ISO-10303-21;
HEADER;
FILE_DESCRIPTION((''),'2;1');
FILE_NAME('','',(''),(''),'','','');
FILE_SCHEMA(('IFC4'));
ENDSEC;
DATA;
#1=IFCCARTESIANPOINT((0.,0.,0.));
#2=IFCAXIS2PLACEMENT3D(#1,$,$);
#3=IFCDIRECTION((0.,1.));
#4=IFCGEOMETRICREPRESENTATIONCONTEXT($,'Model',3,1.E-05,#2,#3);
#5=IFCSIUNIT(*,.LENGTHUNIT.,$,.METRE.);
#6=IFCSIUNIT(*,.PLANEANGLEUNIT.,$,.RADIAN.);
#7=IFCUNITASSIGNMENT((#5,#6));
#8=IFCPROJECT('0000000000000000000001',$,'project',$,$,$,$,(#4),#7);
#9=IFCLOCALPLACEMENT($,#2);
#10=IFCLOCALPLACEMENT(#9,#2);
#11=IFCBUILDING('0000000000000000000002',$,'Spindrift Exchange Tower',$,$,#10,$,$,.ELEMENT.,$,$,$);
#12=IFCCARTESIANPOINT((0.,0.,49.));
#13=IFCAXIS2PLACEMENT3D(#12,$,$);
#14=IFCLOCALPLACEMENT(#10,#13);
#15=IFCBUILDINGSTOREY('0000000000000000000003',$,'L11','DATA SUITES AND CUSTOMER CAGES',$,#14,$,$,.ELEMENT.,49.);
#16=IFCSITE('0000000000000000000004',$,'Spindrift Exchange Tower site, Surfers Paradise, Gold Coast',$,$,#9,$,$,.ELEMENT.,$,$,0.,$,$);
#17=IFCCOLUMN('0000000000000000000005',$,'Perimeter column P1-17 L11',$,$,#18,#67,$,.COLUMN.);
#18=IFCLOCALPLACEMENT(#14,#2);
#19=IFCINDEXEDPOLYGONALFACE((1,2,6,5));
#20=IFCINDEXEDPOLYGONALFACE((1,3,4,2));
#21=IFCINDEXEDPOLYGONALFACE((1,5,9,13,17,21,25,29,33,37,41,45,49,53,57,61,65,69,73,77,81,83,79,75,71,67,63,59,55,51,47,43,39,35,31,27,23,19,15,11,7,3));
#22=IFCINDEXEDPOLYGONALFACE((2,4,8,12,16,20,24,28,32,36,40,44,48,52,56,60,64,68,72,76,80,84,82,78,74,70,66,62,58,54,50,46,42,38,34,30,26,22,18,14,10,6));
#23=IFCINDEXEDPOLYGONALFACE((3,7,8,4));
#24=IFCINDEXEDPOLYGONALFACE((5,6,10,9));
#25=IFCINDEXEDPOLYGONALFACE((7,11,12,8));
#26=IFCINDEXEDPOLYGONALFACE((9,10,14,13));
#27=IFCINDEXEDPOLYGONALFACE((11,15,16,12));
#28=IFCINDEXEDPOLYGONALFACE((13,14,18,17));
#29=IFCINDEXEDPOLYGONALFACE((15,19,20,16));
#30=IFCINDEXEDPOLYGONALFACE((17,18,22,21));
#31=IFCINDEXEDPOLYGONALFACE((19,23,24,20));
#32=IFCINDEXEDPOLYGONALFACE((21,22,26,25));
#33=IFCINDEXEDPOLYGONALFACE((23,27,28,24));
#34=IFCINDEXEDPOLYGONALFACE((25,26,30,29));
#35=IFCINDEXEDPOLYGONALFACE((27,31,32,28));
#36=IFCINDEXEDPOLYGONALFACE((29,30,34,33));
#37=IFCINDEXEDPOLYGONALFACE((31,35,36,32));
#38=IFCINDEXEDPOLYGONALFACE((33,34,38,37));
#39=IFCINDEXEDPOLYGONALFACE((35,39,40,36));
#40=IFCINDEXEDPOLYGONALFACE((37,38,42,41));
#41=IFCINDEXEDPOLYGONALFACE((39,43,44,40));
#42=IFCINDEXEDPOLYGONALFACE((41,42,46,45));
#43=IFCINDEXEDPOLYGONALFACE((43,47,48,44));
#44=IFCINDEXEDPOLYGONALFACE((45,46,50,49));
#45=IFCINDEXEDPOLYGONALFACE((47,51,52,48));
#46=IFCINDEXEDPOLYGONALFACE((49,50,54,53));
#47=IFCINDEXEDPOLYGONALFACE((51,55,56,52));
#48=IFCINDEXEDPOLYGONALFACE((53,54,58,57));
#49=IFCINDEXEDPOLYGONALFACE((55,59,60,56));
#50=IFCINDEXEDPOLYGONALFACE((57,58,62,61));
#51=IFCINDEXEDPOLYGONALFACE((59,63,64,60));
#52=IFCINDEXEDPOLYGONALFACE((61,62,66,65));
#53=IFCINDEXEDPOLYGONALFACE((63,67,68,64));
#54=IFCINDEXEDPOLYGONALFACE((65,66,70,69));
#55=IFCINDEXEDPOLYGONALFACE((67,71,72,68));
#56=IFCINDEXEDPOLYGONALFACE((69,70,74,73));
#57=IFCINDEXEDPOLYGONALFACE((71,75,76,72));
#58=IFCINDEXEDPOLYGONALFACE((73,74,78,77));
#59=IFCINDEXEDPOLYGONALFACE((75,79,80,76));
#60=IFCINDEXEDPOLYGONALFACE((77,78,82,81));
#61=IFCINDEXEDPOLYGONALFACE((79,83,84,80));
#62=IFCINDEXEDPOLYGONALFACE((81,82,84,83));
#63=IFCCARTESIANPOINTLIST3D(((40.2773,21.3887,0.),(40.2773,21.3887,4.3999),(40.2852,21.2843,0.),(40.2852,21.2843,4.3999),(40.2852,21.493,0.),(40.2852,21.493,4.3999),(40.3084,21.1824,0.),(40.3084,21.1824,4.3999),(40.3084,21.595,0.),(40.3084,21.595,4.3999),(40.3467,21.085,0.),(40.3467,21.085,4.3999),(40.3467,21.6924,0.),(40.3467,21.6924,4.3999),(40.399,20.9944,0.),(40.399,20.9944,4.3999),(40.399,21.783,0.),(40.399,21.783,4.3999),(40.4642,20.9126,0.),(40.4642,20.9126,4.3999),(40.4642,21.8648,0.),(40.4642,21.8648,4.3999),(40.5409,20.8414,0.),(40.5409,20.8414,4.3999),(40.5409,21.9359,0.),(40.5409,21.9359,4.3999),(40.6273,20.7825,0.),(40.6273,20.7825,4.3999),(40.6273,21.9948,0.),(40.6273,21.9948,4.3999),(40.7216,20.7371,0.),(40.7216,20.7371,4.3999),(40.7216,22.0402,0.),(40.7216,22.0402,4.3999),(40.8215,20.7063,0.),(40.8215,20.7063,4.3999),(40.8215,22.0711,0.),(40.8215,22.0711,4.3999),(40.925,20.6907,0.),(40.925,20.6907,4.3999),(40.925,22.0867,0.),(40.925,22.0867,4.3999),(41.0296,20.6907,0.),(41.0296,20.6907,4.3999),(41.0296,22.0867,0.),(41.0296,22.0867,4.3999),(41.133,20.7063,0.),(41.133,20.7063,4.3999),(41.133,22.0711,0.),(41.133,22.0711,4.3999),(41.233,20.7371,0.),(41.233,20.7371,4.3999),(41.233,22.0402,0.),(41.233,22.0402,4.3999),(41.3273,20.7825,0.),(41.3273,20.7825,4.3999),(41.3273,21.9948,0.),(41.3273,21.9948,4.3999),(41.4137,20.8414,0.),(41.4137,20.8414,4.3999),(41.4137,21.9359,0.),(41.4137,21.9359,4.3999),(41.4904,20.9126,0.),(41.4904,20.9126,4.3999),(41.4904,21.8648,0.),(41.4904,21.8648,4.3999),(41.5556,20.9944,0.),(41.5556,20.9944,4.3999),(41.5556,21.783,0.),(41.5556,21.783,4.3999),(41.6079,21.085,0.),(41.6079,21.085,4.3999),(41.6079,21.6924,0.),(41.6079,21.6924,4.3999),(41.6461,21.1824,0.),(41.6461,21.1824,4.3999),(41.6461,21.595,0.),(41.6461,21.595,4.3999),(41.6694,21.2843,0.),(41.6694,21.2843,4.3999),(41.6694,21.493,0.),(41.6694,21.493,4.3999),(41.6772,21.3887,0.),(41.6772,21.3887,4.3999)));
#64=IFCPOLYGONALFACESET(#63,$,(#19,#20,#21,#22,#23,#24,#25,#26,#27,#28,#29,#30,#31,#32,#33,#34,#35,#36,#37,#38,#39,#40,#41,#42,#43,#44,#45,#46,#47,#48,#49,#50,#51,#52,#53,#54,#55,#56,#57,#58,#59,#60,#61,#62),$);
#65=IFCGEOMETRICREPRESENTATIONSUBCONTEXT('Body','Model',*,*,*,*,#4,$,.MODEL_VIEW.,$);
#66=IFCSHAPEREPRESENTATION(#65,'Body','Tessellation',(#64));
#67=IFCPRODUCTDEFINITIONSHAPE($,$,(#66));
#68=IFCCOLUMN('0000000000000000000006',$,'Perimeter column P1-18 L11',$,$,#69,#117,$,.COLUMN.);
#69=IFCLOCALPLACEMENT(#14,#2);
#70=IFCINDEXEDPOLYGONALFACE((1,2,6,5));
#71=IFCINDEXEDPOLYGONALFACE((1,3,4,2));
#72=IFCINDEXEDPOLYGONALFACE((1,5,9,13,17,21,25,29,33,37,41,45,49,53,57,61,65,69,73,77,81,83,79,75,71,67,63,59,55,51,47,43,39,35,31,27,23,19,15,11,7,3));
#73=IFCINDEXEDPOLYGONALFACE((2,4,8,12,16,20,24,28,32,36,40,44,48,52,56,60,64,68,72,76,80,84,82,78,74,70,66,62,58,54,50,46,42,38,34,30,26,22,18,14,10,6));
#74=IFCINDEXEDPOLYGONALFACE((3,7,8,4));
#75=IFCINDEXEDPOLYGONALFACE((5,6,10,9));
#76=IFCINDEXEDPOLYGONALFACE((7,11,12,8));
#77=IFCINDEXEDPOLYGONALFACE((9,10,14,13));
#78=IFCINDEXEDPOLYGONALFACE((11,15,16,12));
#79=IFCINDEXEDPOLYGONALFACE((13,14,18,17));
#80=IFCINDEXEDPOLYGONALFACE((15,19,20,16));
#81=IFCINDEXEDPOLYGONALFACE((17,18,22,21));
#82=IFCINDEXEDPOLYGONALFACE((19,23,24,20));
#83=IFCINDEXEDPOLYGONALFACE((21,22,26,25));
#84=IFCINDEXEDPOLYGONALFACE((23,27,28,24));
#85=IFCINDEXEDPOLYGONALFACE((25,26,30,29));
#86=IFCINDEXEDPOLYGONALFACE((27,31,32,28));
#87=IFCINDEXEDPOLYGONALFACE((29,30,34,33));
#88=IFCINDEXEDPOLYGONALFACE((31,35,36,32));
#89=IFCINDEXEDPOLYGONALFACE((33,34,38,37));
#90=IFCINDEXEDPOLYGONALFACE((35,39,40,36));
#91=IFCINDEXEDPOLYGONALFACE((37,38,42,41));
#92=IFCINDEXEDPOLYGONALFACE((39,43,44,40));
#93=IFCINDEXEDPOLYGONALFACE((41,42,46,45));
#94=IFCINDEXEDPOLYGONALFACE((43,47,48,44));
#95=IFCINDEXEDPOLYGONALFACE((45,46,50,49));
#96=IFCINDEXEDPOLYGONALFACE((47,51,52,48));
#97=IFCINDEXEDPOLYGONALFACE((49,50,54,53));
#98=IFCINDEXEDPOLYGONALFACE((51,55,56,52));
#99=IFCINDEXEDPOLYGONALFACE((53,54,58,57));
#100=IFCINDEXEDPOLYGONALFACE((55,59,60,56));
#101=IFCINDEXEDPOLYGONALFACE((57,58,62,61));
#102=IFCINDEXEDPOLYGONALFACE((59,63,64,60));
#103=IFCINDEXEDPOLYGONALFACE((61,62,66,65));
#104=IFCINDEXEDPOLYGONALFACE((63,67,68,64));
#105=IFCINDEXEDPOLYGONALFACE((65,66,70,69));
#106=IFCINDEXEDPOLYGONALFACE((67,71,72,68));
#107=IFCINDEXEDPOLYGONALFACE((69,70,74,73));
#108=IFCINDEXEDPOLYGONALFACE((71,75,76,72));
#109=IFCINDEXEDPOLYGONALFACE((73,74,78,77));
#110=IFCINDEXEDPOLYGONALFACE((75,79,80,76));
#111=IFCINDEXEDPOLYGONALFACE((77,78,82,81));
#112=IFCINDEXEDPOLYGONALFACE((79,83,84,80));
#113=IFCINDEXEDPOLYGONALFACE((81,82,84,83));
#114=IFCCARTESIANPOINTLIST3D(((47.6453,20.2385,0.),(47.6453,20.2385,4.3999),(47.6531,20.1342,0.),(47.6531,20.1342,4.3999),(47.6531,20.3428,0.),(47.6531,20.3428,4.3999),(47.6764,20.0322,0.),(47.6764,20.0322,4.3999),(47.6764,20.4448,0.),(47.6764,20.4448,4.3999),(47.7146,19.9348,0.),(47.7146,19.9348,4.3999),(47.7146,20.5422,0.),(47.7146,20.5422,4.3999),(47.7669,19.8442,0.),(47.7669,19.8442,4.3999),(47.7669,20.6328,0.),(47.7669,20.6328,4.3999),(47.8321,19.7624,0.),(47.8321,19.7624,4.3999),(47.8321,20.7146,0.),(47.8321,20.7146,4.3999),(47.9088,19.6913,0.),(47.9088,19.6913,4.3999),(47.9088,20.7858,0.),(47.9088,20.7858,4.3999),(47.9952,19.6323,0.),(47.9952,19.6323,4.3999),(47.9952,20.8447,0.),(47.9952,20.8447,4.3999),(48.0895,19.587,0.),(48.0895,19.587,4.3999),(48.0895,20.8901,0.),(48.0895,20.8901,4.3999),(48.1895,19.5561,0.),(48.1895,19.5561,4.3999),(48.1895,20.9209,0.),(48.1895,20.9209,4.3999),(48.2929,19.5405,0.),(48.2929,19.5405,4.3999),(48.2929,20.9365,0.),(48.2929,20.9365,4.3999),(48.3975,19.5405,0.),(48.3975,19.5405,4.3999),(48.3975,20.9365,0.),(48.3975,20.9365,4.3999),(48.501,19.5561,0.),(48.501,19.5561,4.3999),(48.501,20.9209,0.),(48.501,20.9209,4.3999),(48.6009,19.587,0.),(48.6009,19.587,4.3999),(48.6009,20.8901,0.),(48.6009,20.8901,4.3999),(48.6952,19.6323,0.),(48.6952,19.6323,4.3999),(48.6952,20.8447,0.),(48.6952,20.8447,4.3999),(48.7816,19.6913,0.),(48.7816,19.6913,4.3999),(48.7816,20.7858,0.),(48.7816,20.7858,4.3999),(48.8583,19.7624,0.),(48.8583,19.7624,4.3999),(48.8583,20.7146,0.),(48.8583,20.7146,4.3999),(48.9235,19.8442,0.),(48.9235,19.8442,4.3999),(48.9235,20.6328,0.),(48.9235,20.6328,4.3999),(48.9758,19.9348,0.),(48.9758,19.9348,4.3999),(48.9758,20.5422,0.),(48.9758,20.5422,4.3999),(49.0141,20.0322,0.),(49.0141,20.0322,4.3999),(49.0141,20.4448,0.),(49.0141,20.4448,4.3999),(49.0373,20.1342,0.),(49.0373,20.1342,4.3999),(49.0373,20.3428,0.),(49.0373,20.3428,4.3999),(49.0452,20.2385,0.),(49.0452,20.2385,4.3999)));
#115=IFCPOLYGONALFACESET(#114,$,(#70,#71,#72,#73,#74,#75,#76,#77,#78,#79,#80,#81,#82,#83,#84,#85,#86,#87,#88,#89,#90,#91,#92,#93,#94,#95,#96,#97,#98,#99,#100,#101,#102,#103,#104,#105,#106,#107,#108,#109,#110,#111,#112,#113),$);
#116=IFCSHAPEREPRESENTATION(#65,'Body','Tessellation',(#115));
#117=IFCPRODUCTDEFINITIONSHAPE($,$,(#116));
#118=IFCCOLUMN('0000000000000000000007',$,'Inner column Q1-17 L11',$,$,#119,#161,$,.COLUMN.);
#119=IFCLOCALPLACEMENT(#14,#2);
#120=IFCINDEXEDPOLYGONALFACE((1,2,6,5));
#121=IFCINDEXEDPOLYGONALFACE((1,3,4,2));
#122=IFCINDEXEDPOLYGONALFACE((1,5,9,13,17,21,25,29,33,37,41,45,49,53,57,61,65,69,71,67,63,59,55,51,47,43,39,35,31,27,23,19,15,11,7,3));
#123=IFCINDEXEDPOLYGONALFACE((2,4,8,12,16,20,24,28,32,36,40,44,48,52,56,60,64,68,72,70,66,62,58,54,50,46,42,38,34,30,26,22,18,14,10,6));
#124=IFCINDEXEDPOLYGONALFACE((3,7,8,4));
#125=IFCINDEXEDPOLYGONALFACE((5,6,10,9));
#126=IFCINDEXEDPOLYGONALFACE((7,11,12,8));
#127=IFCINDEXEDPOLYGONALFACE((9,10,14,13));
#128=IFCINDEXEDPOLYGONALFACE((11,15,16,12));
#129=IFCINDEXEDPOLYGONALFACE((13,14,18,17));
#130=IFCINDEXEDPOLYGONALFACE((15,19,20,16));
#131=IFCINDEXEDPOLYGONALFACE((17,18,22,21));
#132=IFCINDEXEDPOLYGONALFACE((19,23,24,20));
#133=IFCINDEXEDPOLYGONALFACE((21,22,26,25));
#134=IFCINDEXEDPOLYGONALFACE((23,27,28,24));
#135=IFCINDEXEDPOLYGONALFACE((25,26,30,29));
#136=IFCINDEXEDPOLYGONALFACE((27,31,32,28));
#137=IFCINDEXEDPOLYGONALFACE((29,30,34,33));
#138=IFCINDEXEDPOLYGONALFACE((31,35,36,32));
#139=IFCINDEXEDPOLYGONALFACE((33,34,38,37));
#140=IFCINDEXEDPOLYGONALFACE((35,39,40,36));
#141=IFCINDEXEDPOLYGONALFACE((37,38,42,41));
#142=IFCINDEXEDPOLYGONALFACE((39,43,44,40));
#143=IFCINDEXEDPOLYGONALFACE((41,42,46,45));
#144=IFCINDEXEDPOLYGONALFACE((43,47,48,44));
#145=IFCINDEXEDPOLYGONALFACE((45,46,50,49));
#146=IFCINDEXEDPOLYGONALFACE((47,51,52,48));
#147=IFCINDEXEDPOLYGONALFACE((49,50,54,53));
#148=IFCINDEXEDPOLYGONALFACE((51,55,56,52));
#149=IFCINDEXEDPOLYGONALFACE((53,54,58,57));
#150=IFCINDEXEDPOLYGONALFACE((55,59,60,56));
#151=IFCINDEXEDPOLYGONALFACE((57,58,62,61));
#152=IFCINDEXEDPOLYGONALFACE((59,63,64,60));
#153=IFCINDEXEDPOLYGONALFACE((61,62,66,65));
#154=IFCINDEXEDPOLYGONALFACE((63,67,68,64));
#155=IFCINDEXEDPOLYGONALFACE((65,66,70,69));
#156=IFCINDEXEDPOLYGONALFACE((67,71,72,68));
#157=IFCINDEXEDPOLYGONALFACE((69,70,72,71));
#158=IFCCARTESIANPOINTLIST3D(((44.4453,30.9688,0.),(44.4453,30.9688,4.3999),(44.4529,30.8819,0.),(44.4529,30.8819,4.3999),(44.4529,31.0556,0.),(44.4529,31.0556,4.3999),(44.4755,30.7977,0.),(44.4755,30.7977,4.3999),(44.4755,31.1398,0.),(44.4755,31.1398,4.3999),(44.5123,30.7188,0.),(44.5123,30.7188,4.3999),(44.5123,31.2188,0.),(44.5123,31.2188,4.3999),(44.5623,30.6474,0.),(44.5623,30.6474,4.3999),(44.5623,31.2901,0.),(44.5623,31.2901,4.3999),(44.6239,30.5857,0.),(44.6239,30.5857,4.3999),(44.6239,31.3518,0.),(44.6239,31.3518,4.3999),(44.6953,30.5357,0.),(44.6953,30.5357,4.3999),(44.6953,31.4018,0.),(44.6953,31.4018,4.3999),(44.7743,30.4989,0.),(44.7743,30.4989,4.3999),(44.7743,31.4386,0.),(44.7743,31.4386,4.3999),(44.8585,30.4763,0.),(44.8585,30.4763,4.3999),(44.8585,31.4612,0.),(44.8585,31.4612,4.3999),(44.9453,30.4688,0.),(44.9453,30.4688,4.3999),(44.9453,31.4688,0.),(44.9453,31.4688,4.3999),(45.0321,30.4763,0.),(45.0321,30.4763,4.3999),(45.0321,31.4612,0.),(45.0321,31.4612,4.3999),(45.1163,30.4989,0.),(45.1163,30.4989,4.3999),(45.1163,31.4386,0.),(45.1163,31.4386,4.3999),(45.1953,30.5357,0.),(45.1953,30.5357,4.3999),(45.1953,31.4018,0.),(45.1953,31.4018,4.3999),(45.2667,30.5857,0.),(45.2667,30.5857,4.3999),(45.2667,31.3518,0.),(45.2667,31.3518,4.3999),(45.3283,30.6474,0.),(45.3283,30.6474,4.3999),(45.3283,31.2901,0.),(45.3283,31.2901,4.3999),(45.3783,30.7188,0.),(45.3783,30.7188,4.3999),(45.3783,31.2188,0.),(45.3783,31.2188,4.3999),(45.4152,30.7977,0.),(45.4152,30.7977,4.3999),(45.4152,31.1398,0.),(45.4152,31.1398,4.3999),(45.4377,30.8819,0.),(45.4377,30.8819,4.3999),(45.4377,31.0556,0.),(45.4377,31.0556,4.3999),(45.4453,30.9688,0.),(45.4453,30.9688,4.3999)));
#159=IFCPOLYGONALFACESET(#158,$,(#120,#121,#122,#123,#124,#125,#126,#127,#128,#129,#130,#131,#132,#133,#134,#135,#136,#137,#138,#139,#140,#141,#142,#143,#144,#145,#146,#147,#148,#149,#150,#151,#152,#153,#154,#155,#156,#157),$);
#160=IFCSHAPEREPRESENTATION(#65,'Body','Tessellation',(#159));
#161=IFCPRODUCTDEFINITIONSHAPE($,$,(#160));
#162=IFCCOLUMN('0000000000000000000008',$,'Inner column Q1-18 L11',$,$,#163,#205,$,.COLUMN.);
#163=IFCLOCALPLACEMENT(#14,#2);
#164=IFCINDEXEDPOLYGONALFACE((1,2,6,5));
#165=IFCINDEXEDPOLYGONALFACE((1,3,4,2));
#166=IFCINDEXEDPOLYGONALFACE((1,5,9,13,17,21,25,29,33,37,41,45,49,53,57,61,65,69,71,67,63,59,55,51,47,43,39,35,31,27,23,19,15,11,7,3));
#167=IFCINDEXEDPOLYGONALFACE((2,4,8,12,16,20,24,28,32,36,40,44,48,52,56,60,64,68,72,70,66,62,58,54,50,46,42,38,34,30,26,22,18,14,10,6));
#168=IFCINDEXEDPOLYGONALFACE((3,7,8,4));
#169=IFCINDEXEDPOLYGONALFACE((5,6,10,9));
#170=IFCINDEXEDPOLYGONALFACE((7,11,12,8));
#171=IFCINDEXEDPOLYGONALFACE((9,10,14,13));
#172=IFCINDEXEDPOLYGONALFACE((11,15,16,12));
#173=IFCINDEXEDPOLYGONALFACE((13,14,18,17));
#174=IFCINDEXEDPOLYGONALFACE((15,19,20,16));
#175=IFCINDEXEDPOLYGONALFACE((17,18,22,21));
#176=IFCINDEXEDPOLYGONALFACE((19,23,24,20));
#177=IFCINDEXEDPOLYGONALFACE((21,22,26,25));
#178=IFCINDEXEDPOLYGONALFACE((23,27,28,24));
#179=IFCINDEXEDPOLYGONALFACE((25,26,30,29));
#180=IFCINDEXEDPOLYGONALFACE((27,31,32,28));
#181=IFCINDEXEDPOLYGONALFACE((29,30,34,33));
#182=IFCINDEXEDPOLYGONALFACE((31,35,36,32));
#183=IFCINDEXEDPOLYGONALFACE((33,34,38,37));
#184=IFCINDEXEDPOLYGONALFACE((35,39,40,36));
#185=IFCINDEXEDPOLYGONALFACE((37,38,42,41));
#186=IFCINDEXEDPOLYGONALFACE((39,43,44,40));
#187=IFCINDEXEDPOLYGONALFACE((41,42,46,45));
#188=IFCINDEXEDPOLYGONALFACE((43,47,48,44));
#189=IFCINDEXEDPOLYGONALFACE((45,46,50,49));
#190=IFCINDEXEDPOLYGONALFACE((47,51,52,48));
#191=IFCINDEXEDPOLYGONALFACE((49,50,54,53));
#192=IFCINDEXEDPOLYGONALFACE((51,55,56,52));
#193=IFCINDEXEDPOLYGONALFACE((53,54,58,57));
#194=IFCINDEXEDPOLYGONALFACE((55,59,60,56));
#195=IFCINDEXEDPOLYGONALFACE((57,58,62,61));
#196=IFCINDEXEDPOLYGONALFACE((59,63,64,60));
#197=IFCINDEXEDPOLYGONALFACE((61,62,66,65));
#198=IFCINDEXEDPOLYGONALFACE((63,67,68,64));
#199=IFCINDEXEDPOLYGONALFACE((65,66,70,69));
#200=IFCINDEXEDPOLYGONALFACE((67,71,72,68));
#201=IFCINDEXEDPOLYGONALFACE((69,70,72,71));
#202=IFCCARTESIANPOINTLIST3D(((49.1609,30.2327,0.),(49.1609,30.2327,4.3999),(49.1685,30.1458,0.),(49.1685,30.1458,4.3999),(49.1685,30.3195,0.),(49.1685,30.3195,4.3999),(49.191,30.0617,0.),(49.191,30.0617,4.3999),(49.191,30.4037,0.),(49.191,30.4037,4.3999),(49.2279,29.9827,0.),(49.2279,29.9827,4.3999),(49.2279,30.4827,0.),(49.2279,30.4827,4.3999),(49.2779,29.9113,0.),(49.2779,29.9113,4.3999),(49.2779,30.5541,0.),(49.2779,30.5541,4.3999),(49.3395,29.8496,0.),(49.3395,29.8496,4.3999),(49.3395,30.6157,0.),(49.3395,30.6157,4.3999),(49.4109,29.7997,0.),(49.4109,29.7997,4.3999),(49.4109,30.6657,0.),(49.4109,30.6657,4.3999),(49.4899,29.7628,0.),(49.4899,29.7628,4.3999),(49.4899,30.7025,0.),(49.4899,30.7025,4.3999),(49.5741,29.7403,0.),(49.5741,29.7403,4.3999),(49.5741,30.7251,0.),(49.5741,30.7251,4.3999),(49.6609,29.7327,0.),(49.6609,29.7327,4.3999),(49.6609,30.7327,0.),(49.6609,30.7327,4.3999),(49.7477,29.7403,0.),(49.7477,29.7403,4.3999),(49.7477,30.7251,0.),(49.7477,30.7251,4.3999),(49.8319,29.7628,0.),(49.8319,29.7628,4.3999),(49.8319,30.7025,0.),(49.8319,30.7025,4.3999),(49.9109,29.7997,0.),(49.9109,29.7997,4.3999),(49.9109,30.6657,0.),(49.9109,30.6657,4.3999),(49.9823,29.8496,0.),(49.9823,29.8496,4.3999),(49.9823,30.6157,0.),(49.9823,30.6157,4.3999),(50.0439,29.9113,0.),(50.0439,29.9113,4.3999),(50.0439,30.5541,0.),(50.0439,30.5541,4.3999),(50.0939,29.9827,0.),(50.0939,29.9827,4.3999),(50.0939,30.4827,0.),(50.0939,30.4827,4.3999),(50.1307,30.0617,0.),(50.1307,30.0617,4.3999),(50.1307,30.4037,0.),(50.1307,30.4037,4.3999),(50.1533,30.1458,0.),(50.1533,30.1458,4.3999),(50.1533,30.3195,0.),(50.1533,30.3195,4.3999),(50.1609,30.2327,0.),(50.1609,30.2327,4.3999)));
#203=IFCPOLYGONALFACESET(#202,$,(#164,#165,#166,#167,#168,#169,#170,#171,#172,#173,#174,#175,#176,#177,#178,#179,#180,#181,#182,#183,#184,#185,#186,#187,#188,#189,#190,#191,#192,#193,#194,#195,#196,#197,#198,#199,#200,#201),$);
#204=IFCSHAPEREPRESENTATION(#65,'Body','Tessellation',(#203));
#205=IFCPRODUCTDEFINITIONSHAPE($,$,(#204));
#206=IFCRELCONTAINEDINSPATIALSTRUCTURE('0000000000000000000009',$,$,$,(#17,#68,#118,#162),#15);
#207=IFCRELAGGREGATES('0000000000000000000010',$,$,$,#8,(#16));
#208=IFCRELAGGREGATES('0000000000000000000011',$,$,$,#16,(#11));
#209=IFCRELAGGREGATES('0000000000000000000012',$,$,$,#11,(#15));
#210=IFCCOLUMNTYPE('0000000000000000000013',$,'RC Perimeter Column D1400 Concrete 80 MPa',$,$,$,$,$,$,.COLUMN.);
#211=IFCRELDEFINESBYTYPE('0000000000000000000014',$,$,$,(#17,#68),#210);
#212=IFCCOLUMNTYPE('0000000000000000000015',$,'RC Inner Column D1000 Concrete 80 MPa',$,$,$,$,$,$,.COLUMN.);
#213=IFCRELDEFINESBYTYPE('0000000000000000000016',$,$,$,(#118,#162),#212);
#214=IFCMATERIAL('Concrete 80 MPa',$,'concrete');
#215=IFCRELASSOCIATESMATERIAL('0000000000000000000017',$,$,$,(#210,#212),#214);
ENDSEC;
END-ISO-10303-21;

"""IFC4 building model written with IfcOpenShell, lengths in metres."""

from ifc_helpers import new_model, si_unit, direction, frame, origin, origin_2d, place, context, subcontext, project, spatial, circle, extrude, source, transform, mapped, material, material_profile, profile_set, type_object, element, save


model = new_model("IFC4")

# Units and contexts
model_context = context("Model", 3, precision=1e-05, world=origin(), true_north=direction((0.0, 1.0)))
body_context = subcontext(model_context, "Body", "Model", "MODEL_VIEW")
ifc_project = project(units=[si_unit("LENGTHUNIT", "METRE"), si_unit("PLANEANGLEUNIT", "RADIAN")], contexts=[model_context])

# Site, building, storey
site_placement = place(None, origin())
site = spatial("IfcSite", under=ifc_project, at=site_placement, Name="Spindrift Exchange Tower site, Surfers Paradise, Gold Coast", CompositionType="ELEMENT", RefElevation=0.0)
building_placement = place(site_placement, origin())
building = spatial("IfcBuilding", under=site, at=building_placement, Name="Spindrift Exchange Tower", CompositionType="ELEMENT")
storey_placement = place(building_placement, frame((0.0, 0.0, 49.0)))
storey = spatial("IfcBuildingStorey", under=building, at=storey_placement, Name="L11", Description="DATA SUITES AND CUSTOMER CAGES", CompositionType="ELEMENT", Elevation=49.0)

# Columns
ifc_material_1 = material(Name="Concrete 80 MPa", Category="concrete")
ifc_material_profile_1 = material_profile(ifc_material_1, circle(Radius=0.7, at=origin_2d()), Name="RC D1400")
ifc_profile_set_1 = profile_set([ifc_material_profile_1], Name="Concrete 80 MPa")
column_type_1 = type_object("IfcColumnType", Name="RC Perimeter Column D1400 Concrete 80 MPa", PredefinedType="COLUMN", material=ifc_profile_set_1)
shared_shape_1 = source(origin(), body_context, "Body", "SweptSolid", [
    extrude(circle(Radius=0.7, at=origin_2d()), origin(), (0.0, 0.0, 1.0), 4.3999),
])
for number, where, z_axis, x_axis, name in (
    (1, (40.9773, 21.3887, 0.0), (0.0, 0.0, 1.0), (1.0, 0.0, 0.0), "Perimeter column P1-17 L11"),
    (2, (48.3452, 20.2385, 0.0), (0.0, 0.0, 1.0), (1.0, 0.0, 0.0), "Perimeter column P1-18 L11"),
):
    element("IfcColumn", number, at=place(storey_placement, frame(where, z_axis=z_axis, x_axis=x_axis)), inside=storey, type_object=column_type_1, Name=name, PredefinedType="COLUMN", context=body_context, shape_type="MappedRepresentation", body=[
        mapped(shared_shape_1, transform((0.0, 0.0, 0.0), scale=1.0)),
    ])
ifc_material_profile_2 = material_profile(ifc_material_1, circle(Radius=0.5, at=origin_2d()), Name="RC D1000")
ifc_profile_set_2 = profile_set([ifc_material_profile_2], Name="Concrete 80 MPa")
column_type_2 = type_object("IfcColumnType", Name="RC Inner Column D1000 Concrete 80 MPa", PredefinedType="COLUMN", material=ifc_profile_set_2)
shared_shape_2 = source(origin(), body_context, "Body", "SweptSolid", [
    extrude(circle(Radius=0.5, at=origin_2d()), origin(), (0.0, 0.0, 1.0), 4.3999),
])
for number, where, z_axis, x_axis, name in (
    (3, (44.9453, 30.9688, 0.0), (0.0, 0.0, 1.0), (1.0, 0.0, 0.0), "Inner column Q1-17 L11"),
    (4, (49.6609, 30.2327, 0.0), (0.0, 0.0, 1.0), (1.0, 0.0, 0.0), "Inner column Q1-18 L11"),
):
    element("IfcColumn", number, at=place(storey_placement, frame(where, z_axis=z_axis, x_axis=x_axis)), inside=storey, type_object=column_type_2, Name=name, PredefinedType="COLUMN", context=body_context, shape_type="MappedRepresentation", body=[
        mapped(shared_shape_2, transform((0.0, 0.0, 0.0), scale=1.0)),
    ])

save(model, "model.ifc")
